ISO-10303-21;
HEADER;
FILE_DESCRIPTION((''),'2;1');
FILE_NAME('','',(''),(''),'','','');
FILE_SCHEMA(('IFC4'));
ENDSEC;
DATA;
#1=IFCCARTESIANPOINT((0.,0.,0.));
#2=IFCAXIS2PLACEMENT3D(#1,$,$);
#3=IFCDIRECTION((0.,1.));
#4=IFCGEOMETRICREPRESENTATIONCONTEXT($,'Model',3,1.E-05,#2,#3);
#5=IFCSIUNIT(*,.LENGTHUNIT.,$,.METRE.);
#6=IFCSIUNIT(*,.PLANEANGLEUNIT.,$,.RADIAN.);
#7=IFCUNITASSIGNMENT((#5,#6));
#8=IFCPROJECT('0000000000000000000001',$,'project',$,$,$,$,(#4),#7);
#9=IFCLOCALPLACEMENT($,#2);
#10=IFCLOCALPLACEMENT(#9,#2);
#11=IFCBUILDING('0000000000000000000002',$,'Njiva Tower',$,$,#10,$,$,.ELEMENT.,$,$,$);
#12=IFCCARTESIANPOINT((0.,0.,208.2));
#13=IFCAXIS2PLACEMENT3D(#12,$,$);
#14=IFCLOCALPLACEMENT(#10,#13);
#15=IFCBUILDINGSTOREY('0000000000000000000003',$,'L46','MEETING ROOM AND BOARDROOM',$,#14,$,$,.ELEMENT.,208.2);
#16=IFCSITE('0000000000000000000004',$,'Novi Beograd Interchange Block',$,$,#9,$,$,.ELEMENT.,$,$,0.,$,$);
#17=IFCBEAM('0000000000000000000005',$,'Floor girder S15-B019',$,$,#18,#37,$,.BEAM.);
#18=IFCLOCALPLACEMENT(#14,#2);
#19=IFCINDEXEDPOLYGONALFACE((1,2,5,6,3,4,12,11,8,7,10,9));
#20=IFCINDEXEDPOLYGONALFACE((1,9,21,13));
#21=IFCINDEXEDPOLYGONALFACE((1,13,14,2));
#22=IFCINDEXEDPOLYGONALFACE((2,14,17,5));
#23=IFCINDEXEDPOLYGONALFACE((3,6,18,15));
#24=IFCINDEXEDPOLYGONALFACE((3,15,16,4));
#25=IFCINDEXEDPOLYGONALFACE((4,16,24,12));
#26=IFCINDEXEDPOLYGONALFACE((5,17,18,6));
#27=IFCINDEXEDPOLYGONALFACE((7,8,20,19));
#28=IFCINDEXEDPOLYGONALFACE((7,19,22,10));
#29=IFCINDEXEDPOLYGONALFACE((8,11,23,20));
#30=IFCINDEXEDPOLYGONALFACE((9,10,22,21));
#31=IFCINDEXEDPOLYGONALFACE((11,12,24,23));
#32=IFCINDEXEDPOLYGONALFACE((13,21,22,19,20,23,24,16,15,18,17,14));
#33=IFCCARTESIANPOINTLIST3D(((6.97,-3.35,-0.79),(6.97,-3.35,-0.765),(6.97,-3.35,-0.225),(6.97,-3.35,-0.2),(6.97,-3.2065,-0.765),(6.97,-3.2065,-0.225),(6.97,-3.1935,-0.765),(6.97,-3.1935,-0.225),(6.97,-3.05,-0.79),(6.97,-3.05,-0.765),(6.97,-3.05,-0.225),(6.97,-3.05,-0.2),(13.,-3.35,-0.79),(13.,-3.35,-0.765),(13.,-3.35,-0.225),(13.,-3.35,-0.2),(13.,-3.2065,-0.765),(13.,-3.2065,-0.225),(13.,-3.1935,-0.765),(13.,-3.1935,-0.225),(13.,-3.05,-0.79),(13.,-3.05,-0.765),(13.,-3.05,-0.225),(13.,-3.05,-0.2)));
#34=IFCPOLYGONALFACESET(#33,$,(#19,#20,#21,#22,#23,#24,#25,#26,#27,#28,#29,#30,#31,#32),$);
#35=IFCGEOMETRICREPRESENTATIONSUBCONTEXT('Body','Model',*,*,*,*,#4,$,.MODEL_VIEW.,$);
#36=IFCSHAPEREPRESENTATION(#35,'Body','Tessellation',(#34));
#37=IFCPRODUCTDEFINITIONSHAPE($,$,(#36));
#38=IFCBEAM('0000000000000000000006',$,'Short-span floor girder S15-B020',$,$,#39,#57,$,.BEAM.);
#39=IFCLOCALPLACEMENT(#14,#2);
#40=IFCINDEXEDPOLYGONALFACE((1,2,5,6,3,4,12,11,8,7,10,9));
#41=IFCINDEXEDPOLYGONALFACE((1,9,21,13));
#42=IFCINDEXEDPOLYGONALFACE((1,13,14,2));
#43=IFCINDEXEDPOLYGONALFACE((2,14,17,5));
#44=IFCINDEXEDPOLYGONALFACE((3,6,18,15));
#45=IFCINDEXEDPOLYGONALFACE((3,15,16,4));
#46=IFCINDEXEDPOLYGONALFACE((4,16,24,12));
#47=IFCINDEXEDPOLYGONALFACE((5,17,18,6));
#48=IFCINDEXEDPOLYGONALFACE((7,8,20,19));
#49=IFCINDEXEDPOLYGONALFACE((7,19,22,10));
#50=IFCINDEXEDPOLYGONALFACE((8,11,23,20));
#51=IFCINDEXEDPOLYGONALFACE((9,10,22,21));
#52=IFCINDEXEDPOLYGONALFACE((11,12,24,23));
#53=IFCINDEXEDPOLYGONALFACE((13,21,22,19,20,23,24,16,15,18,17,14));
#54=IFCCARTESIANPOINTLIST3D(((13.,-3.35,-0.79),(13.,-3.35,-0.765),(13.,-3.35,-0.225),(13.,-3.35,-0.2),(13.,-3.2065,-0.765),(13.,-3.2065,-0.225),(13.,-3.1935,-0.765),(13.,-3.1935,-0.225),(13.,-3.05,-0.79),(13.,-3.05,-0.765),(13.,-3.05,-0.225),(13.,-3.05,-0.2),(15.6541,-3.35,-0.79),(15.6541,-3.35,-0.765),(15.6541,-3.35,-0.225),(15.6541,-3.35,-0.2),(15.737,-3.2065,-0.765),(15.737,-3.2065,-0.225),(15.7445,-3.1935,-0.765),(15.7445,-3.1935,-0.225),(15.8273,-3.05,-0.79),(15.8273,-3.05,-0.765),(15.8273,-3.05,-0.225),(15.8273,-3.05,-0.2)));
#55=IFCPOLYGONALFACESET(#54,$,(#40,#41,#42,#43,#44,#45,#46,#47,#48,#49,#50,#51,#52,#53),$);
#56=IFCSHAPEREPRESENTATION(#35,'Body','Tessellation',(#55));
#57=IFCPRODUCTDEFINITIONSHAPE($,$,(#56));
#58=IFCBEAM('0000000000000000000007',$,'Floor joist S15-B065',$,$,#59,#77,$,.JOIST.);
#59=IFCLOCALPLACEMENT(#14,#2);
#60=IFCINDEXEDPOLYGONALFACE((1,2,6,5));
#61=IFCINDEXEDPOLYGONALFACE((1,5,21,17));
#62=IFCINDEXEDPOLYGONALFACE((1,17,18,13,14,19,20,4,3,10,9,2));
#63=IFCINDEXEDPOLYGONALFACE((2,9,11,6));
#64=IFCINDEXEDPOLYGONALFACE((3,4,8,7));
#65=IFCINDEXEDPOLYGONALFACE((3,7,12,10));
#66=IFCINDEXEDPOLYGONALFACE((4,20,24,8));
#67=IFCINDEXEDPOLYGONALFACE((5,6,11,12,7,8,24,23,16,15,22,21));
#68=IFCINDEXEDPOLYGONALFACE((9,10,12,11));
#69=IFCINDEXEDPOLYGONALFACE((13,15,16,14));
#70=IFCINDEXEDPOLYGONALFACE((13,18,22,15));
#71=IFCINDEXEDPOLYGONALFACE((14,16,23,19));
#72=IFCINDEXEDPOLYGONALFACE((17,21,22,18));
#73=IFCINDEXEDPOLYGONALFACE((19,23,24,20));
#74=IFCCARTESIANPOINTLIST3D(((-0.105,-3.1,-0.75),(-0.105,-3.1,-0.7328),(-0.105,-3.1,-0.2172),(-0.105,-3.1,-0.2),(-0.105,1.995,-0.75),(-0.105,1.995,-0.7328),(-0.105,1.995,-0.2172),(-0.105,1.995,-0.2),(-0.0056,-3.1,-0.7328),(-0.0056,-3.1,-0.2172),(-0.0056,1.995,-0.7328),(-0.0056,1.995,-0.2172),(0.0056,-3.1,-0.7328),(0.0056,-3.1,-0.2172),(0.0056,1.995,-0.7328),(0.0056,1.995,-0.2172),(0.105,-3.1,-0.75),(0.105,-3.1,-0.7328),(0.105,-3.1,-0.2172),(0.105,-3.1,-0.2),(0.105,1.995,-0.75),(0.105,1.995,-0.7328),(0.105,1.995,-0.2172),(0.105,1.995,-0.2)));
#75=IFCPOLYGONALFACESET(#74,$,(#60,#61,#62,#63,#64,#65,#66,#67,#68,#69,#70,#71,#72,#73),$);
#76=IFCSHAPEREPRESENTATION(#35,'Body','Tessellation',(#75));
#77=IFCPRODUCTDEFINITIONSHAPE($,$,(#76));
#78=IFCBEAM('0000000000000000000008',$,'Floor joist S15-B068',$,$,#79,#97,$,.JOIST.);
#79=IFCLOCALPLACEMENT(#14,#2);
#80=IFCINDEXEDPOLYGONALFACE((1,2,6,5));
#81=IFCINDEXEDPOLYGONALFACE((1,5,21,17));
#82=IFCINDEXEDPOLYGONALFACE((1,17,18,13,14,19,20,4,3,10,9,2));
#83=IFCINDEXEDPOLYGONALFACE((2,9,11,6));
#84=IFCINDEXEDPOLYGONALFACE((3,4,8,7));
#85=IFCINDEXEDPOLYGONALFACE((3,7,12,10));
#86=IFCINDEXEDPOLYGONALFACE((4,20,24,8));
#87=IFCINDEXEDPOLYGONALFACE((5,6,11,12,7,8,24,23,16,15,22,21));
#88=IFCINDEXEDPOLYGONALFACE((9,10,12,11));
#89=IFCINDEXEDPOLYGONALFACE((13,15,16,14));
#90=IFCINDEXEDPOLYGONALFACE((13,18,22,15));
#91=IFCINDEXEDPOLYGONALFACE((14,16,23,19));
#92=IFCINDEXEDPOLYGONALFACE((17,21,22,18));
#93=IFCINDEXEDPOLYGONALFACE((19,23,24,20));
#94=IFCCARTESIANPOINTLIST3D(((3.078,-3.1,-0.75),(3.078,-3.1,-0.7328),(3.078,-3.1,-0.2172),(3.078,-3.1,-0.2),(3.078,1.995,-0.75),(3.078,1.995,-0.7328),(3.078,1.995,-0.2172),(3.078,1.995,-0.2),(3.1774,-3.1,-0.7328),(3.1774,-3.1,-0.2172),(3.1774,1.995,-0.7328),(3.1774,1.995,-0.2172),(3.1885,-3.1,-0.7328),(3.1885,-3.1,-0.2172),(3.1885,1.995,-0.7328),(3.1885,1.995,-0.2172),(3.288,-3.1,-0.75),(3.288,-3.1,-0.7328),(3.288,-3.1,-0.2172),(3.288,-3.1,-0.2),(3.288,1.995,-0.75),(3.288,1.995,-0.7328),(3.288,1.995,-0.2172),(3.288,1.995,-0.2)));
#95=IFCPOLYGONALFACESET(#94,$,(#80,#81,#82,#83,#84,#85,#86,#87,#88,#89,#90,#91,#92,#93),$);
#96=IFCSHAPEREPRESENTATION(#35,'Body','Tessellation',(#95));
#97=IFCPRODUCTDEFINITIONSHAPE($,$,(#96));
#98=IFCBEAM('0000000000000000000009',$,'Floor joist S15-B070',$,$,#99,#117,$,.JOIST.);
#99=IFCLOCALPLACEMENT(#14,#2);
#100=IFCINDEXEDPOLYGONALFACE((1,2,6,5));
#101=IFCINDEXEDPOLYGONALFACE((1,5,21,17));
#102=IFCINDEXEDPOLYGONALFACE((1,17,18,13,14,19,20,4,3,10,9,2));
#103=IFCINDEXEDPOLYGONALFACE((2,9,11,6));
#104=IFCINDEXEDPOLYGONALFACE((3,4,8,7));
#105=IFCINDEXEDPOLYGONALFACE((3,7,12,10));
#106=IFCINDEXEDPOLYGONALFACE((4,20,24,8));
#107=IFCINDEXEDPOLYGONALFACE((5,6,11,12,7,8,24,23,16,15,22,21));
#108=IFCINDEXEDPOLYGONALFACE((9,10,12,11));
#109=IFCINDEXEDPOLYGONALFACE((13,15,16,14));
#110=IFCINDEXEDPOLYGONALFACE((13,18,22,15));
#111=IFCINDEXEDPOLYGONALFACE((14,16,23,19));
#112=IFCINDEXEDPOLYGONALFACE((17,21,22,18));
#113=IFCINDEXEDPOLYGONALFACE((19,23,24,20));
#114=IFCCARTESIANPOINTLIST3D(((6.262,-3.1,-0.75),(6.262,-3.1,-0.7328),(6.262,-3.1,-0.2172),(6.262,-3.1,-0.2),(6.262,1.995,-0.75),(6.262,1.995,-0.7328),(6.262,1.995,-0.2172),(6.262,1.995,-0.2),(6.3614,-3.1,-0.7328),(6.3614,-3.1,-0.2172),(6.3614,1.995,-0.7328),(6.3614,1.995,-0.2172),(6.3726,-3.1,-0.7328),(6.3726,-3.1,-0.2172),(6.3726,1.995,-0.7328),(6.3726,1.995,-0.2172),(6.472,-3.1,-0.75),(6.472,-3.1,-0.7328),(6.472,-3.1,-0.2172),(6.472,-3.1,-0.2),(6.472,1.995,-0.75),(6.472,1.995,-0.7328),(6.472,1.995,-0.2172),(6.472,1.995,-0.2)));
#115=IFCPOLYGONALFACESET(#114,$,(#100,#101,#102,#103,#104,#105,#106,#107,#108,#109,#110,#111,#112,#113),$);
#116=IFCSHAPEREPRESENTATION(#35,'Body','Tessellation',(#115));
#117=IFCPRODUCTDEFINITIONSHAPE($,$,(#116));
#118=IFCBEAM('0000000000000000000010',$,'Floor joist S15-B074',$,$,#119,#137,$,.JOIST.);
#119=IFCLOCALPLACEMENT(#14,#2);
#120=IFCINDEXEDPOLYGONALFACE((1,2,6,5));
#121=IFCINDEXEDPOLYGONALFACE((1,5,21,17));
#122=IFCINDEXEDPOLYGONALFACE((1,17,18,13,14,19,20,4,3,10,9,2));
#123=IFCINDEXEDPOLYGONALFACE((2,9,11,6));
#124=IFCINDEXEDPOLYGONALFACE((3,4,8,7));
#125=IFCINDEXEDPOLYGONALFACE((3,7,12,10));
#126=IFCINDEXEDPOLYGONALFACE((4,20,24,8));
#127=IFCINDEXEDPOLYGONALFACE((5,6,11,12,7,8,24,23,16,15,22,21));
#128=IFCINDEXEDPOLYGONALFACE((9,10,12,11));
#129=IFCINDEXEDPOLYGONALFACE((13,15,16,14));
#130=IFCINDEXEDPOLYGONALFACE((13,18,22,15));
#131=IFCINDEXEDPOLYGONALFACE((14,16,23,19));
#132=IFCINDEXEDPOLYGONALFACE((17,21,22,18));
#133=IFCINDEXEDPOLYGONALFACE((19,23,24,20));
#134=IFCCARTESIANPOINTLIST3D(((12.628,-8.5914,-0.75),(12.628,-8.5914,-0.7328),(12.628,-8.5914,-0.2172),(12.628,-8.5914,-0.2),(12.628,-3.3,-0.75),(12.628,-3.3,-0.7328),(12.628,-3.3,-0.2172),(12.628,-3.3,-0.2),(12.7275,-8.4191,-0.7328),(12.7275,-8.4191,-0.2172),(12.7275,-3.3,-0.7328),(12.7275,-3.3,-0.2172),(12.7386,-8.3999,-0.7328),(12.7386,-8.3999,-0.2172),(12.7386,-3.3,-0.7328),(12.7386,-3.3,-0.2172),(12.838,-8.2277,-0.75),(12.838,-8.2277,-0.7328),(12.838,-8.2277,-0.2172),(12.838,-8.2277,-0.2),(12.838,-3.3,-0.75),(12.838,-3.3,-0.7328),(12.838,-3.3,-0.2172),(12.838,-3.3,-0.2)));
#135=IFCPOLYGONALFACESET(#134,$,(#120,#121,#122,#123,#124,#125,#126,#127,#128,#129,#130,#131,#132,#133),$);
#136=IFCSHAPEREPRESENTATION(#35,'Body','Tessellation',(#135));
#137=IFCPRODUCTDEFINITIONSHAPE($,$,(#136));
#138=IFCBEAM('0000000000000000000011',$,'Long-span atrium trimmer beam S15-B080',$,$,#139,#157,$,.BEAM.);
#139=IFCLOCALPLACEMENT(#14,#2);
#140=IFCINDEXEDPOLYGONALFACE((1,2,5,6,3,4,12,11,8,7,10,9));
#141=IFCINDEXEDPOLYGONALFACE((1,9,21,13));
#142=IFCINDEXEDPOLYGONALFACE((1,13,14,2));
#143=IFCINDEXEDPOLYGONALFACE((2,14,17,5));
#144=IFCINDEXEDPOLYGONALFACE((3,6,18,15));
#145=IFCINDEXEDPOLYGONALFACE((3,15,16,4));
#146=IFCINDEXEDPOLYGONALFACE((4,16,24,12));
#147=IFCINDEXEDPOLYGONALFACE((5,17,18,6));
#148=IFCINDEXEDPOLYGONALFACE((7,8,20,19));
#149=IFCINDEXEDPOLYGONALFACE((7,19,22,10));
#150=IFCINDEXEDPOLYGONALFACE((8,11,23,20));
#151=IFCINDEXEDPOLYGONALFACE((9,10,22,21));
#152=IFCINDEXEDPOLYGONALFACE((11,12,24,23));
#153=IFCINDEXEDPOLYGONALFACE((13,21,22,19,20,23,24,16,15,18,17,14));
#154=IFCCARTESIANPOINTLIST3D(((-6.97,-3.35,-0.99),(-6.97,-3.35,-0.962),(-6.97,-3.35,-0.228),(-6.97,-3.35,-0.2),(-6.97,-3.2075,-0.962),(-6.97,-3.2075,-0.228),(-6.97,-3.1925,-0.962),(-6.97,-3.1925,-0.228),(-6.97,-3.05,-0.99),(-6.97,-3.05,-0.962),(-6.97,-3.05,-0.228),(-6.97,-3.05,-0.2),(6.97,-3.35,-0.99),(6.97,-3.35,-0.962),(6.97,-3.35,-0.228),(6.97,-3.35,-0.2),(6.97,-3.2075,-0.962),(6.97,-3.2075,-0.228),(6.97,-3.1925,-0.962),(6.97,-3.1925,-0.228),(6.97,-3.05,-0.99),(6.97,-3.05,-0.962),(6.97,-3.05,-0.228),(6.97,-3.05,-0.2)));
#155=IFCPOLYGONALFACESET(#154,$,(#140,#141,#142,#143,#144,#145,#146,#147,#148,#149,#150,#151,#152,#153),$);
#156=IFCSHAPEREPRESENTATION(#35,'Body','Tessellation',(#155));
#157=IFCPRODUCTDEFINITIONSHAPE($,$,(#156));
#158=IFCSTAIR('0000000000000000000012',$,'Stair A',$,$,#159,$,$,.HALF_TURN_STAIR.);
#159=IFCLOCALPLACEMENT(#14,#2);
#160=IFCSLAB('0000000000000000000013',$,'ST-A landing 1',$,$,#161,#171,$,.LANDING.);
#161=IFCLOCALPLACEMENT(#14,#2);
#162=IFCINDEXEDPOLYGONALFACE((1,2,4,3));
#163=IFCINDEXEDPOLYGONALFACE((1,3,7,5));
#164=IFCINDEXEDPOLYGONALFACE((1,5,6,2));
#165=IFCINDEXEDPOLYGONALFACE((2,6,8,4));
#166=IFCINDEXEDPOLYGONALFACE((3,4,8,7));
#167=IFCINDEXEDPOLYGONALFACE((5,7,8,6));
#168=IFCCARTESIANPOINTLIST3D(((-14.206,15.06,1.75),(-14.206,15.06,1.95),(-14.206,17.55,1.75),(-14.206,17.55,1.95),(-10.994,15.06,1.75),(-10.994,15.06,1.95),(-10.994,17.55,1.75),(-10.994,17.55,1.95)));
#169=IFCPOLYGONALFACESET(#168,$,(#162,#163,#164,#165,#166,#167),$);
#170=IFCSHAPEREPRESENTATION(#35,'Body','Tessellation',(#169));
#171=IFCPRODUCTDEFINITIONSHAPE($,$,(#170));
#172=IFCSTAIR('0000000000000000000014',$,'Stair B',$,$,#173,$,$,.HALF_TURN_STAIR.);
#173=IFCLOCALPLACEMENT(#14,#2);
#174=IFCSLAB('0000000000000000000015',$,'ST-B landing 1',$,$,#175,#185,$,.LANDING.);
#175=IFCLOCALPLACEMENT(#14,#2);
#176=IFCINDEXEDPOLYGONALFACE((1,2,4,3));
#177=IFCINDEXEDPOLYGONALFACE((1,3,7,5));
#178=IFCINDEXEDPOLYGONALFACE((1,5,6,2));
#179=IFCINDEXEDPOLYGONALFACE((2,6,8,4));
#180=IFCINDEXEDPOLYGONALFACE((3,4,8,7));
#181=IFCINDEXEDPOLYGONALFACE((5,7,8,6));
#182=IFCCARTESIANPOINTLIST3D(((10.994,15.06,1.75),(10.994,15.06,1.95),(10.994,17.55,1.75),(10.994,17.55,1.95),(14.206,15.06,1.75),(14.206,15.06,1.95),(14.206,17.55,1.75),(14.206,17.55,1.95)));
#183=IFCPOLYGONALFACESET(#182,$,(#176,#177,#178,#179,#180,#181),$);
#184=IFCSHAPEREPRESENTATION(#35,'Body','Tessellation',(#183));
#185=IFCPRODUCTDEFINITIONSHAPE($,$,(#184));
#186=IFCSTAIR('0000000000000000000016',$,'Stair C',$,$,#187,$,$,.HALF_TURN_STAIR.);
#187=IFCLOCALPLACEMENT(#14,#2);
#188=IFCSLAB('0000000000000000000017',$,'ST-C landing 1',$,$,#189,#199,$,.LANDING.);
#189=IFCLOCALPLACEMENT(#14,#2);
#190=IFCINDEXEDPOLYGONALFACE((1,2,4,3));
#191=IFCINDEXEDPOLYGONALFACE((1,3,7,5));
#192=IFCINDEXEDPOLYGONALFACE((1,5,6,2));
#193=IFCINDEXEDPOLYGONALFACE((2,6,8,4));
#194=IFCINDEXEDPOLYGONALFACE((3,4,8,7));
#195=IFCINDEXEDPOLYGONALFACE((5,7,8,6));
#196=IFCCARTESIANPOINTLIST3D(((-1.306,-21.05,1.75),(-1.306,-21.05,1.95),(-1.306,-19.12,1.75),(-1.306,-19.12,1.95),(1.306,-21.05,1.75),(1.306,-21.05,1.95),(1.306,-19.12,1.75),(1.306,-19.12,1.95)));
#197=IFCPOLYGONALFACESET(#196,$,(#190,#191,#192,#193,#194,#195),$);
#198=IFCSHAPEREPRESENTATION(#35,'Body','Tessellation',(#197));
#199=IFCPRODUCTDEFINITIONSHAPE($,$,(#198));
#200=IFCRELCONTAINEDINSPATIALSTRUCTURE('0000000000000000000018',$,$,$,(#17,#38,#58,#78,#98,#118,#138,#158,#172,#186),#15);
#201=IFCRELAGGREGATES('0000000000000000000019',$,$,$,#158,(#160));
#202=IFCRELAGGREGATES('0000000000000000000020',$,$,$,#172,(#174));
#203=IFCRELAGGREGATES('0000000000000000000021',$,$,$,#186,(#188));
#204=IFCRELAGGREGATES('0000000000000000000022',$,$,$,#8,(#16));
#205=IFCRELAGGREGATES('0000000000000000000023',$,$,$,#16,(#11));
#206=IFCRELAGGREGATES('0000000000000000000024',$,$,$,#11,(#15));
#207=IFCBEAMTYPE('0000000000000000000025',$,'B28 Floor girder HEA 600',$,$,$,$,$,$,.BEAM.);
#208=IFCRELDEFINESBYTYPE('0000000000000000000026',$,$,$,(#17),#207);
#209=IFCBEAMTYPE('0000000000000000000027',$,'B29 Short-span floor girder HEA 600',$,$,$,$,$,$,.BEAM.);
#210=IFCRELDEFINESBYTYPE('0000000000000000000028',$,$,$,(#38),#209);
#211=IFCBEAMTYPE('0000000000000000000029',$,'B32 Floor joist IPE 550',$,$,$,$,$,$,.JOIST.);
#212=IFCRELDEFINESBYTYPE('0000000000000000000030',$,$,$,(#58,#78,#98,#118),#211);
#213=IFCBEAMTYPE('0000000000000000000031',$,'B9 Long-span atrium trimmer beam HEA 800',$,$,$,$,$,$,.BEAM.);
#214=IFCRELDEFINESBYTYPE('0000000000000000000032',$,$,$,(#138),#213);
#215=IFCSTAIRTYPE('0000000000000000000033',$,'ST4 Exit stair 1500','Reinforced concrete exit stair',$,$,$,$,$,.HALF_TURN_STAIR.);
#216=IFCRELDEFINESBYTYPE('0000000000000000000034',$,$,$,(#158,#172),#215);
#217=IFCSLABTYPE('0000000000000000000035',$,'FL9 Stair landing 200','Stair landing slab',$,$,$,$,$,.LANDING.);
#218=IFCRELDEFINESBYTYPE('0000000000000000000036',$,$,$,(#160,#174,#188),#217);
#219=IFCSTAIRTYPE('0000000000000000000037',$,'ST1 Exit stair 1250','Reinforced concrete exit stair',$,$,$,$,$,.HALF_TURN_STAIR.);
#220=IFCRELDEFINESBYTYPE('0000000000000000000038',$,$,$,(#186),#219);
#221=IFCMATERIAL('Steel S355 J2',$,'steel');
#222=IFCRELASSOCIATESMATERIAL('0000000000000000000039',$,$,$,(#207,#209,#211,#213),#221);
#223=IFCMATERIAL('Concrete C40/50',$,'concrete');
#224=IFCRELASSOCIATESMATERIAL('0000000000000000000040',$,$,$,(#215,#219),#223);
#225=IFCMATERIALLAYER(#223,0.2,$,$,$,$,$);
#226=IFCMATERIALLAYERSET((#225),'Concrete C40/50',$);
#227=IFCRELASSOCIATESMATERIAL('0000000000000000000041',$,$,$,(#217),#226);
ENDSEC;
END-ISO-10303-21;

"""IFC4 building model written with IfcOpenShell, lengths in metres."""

from ifc_helpers import new_model, si_unit, direction, frame, origin, origin_2d, place, context, subcontext, project, spatial, polyline, i_section, outline, extrude, clip, halfspace, material, layer, layer_set, material_profile, profile_set, type_object, element, aggregate, save


model = new_model("IFC4")

# Units and contexts
model_context = context("Model", 3, precision=1e-05, world=origin(), true_north=direction((0.0, 1.0)))
body_context = subcontext(model_context, "Body", "Model", "MODEL_VIEW")
ifc_project = project(units=[si_unit("LENGTHUNIT", "METRE"), si_unit("PLANEANGLEUNIT", "RADIAN")], contexts=[model_context])

# Site, building, storey
site_placement = place(None, origin())
site = spatial("IfcSite", under=ifc_project, at=site_placement, Name="Novi Beograd Interchange Block", CompositionType="ELEMENT", RefElevation=0.0)
building_placement = place(site_placement, origin())
building = spatial("IfcBuilding", under=site, at=building_placement, Name="Njiva Tower", CompositionType="ELEMENT")
storey_placement = place(building_placement, frame((0.0, 0.0, 208.2)))
storey = spatial("IfcBuildingStorey", under=building, at=storey_placement, Name="L46", Description="MEETING ROOM AND BOARDROOM", CompositionType="ELEMENT", Elevation=208.2)

# Shared definitions
ifc_material_1 = material(Name="Steel S355 J2", Category="steel")

# Beams
ifc_material_profile_1 = material_profile(ifc_material_1, i_section(OverallWidth=0.3, OverallDepth=0.59, WebThickness=0.013, FlangeThickness=0.025, at=origin_2d()), Name="HEA 600")
ifc_profile_set_1 = profile_set([ifc_material_profile_1], Name="Steel S355 J2")
beam_type_1 = type_object("IfcBeamType", Name="B28 Floor girder HEA 600", PredefinedType="BEAM", material=ifc_profile_set_1)
beam_1_placement = place(storey_placement, frame((6.97, -3.2, -0.495), z_axis=(1.0, 0.0, 0.0), x_axis=(0.0, 1.0, 0.0)))
element("IfcBeam", 1, at=beam_1_placement, inside=storey, type_object=beam_type_1, Name="Floor girder S15-B019", PredefinedType="BEAM", context=body_context, shape_type="SweptSolid", body=[
    extrude(i_section(OverallWidth=0.3, OverallDepth=0.59, WebThickness=0.013, FlangeThickness=0.025, at=origin_2d()), origin(), (0.0, 0.0, 1.0), 6.03),
])
ifc_material_profile_2 = material_profile(ifc_material_1, i_section(OverallWidth=0.3, OverallDepth=0.59, WebThickness=0.013, FlangeThickness=0.025, at=origin_2d()), Name="HEA 600")
ifc_profile_set_2 = profile_set([ifc_material_profile_2], Name="Steel S355 J2")
beam_type_2 = type_object("IfcBeamType", Name="B29 Short-span floor girder HEA 600", PredefinedType="BEAM", material=ifc_profile_set_2)
beam_2_placement = place(storey_placement, frame((13.0, -3.2, -0.495), z_axis=(1.0, 0.0, 0.0), x_axis=(0.0, 1.0, 0.0)))
element("IfcBeam", 2, at=beam_2_placement, inside=storey, type_object=beam_type_2, Name="Short-span floor girder S15-B020", PredefinedType="BEAM", context=body_context, shape_type="Clipping", body=[
    clip(extrude(i_section(OverallWidth=0.3, OverallDepth=0.59, WebThickness=0.013, FlangeThickness=0.025, at=origin_2d()), origin(), (0.0, 0.0, 1.0), 2.848), halfspace(frame((-0.025, 0.0, 2.7263), z_axis=(-0.499998, 0.0, 0.866027), x_axis=(0.0, 1.0, 0.0)), False)),
])
ifc_material_profile_3 = material_profile(ifc_material_1, i_section(OverallWidth=0.21, OverallDepth=0.55, WebThickness=0.0111, FlangeThickness=0.0172, at=origin_2d()), Name="IPE 550")
ifc_profile_set_3 = profile_set([ifc_material_profile_3], Name="Steel S355 J2")
beam_type_3 = type_object("IfcBeamType", Name="B32 Floor joist IPE 550", PredefinedType="JOIST", material=ifc_profile_set_3)
for number, where, z_axis, x_axis, name in (
    (3, (0.0, 1.995, -0.475), (0.0, -1.0, 0.0), (1.0, 0.0, 0.0), "Floor joist S15-B065"),
    (4, (3.183, 1.995, -0.475), (0.0, -1.0, 0.0), (1.0, 0.0, 0.0), "Floor joist S15-B068"),
    (5, (6.367, 1.995, -0.475), (0.0, -1.0, 0.0), (1.0, 0.0, 0.0), "Floor joist S15-B070"),
):
    element("IfcBeam", number, at=place(storey_placement, frame(where, z_axis=z_axis, x_axis=x_axis)), inside=storey, type_object=beam_type_3, Name=name, PredefinedType="JOIST", context=body_context, shape_type="SweptSolid", body=[
        extrude(i_section(OverallWidth=0.21, OverallDepth=0.55, WebThickness=0.0111, FlangeThickness=0.0172, at=origin_2d()), origin(), (0.0, 0.0, 1.0), 5.095),
    ])
beam_3_placement = place(storey_placement, frame((12.733, -3.3, -0.475), z_axis=(0.0, -1.0, 0.0), x_axis=(1.0, 0.0, 0.0)))
element("IfcBeam", 6, at=beam_3_placement, inside=storey, type_object=beam_type_3, Name="Floor joist S15-B074", PredefinedType="JOIST", context=body_context, shape_type="Clipping", body=[
    clip(extrude(i_section(OverallWidth=0.21, OverallDepth=0.55, WebThickness=0.0111, FlangeThickness=0.0172, at=origin_2d()), origin(), (0.0, 0.0, 1.0), 5.311), halfspace(frame((0.0436, 0.0, 5.034), z_axis=(0.866027, 0.0, 0.499998), x_axis=(0.0, 1.0, 0.0)), False)),
])
ifc_material_profile_4 = material_profile(ifc_material_1, i_section(OverallWidth=0.3, OverallDepth=0.79, WebThickness=0.015, FlangeThickness=0.028, at=origin_2d()), Name="HEA 800")
ifc_profile_set_4 = profile_set([ifc_material_profile_4], Name="Steel S355 J2")
beam_type_4 = type_object("IfcBeamType", Name="B9 Long-span atrium trimmer beam HEA 800", PredefinedType="BEAM", material=ifc_profile_set_4)
beam_4_placement = place(storey_placement, frame((6.97, -3.2, -0.595), z_axis=(-1.0, 0.0, 0.0), x_axis=(0.0, -1.0, 0.0)))
element("IfcBeam", 7, at=beam_4_placement, inside=storey, type_object=beam_type_4, Name="Long-span atrium trimmer beam S15-B080", PredefinedType="BEAM", context=body_context, shape_type="SweptSolid", body=[
    extrude(i_section(OverallWidth=0.3, OverallDepth=0.79, WebThickness=0.015, FlangeThickness=0.028, at=origin_2d()), origin(), (0.0, 0.0, 1.0), 13.94),
])

# Stairs, slabs
ifc_material_2 = material(Name="Concrete C40/50", Category="concrete")
stair_type_1 = type_object("IfcStairType", Name="ST4 Exit stair 1500", Description="Reinforced concrete exit stair", PredefinedType="HALF_TURN_STAIR", material=ifc_material_2)
stair_1_placement = place(storey_placement, origin())
stair_1 = element("IfcStair", 8, at=stair_1_placement, inside=storey, type_object=stair_type_1, Name="Stair A", PredefinedType="HALF_TURN_STAIR")
ifc_layer_1 = layer(ifc_material_2, 0.2)
ifc_layer_set_1 = layer_set([ifc_layer_1], Name="Concrete C40/50")
slab_type_1 = type_object("IfcSlabType", Name="FL9 Stair landing 200", Description="Stair landing slab", PredefinedType="LANDING", material=ifc_layer_set_1)
slab_1_placement = place(storey_placement, frame((0.0, 0.0, 1.75)))
slab_1 = element("IfcSlab", 9, at=slab_1_placement, type_object=slab_type_1, Name="ST-A landing 1", PredefinedType="LANDING", context=body_context, shape_type="SweptSolid", body=[
    extrude(outline(polyline([(-14.206, 15.06), (-10.994, 15.06), (-10.994, 17.55), (-14.206, 17.55), (-14.206, 15.06)])), origin(), (0.0, 0.0, 1.0), 0.2),
])
aggregate(stair_1, [slab_1])
stair_2_placement = place(storey_placement, origin())
stair_2 = element("IfcStair", 10, at=stair_2_placement, inside=storey, type_object=stair_type_1, Name="Stair B", PredefinedType="HALF_TURN_STAIR")
slab_2_placement = place(storey_placement, frame((0.0, 0.0, 1.75)))
slab_2 = element("IfcSlab", 11, at=slab_2_placement, type_object=slab_type_1, Name="ST-B landing 1", PredefinedType="LANDING", context=body_context, shape_type="SweptSolid", body=[
    extrude(outline(polyline([(10.994, 15.06), (14.206, 15.06), (14.206, 17.55), (10.994, 17.55), (10.994, 15.06)])), origin(), (0.0, 0.0, 1.0), 0.2),
])
aggregate(stair_2, [slab_2])
stair_type_2 = type_object("IfcStairType", Name="ST1 Exit stair 1250", Description="Reinforced concrete exit stair", PredefinedType="HALF_TURN_STAIR", material=ifc_material_2)
stair_3_placement = place(storey_placement, origin())
stair_3 = element("IfcStair", 12, at=stair_3_placement, inside=storey, type_object=stair_type_2, Name="Stair C", PredefinedType="HALF_TURN_STAIR")
slab_3_placement = place(storey_placement, frame((0.0, 0.0, 1.75)))
slab_3 = element("IfcSlab", 13, at=slab_3_placement, type_object=slab_type_1, Name="ST-C landing 1", PredefinedType="LANDING", context=body_context, shape_type="SweptSolid", body=[
    extrude(outline(polyline([(-1.306, -21.05), (1.306, -21.05), (1.306, -19.12), (-1.306, -19.12), (-1.306, -21.05)])), origin(), (0.0, 0.0, 1.0), 0.2),
])
aggregate(stair_3, [slab_3])

save(model, "model.ifc")
